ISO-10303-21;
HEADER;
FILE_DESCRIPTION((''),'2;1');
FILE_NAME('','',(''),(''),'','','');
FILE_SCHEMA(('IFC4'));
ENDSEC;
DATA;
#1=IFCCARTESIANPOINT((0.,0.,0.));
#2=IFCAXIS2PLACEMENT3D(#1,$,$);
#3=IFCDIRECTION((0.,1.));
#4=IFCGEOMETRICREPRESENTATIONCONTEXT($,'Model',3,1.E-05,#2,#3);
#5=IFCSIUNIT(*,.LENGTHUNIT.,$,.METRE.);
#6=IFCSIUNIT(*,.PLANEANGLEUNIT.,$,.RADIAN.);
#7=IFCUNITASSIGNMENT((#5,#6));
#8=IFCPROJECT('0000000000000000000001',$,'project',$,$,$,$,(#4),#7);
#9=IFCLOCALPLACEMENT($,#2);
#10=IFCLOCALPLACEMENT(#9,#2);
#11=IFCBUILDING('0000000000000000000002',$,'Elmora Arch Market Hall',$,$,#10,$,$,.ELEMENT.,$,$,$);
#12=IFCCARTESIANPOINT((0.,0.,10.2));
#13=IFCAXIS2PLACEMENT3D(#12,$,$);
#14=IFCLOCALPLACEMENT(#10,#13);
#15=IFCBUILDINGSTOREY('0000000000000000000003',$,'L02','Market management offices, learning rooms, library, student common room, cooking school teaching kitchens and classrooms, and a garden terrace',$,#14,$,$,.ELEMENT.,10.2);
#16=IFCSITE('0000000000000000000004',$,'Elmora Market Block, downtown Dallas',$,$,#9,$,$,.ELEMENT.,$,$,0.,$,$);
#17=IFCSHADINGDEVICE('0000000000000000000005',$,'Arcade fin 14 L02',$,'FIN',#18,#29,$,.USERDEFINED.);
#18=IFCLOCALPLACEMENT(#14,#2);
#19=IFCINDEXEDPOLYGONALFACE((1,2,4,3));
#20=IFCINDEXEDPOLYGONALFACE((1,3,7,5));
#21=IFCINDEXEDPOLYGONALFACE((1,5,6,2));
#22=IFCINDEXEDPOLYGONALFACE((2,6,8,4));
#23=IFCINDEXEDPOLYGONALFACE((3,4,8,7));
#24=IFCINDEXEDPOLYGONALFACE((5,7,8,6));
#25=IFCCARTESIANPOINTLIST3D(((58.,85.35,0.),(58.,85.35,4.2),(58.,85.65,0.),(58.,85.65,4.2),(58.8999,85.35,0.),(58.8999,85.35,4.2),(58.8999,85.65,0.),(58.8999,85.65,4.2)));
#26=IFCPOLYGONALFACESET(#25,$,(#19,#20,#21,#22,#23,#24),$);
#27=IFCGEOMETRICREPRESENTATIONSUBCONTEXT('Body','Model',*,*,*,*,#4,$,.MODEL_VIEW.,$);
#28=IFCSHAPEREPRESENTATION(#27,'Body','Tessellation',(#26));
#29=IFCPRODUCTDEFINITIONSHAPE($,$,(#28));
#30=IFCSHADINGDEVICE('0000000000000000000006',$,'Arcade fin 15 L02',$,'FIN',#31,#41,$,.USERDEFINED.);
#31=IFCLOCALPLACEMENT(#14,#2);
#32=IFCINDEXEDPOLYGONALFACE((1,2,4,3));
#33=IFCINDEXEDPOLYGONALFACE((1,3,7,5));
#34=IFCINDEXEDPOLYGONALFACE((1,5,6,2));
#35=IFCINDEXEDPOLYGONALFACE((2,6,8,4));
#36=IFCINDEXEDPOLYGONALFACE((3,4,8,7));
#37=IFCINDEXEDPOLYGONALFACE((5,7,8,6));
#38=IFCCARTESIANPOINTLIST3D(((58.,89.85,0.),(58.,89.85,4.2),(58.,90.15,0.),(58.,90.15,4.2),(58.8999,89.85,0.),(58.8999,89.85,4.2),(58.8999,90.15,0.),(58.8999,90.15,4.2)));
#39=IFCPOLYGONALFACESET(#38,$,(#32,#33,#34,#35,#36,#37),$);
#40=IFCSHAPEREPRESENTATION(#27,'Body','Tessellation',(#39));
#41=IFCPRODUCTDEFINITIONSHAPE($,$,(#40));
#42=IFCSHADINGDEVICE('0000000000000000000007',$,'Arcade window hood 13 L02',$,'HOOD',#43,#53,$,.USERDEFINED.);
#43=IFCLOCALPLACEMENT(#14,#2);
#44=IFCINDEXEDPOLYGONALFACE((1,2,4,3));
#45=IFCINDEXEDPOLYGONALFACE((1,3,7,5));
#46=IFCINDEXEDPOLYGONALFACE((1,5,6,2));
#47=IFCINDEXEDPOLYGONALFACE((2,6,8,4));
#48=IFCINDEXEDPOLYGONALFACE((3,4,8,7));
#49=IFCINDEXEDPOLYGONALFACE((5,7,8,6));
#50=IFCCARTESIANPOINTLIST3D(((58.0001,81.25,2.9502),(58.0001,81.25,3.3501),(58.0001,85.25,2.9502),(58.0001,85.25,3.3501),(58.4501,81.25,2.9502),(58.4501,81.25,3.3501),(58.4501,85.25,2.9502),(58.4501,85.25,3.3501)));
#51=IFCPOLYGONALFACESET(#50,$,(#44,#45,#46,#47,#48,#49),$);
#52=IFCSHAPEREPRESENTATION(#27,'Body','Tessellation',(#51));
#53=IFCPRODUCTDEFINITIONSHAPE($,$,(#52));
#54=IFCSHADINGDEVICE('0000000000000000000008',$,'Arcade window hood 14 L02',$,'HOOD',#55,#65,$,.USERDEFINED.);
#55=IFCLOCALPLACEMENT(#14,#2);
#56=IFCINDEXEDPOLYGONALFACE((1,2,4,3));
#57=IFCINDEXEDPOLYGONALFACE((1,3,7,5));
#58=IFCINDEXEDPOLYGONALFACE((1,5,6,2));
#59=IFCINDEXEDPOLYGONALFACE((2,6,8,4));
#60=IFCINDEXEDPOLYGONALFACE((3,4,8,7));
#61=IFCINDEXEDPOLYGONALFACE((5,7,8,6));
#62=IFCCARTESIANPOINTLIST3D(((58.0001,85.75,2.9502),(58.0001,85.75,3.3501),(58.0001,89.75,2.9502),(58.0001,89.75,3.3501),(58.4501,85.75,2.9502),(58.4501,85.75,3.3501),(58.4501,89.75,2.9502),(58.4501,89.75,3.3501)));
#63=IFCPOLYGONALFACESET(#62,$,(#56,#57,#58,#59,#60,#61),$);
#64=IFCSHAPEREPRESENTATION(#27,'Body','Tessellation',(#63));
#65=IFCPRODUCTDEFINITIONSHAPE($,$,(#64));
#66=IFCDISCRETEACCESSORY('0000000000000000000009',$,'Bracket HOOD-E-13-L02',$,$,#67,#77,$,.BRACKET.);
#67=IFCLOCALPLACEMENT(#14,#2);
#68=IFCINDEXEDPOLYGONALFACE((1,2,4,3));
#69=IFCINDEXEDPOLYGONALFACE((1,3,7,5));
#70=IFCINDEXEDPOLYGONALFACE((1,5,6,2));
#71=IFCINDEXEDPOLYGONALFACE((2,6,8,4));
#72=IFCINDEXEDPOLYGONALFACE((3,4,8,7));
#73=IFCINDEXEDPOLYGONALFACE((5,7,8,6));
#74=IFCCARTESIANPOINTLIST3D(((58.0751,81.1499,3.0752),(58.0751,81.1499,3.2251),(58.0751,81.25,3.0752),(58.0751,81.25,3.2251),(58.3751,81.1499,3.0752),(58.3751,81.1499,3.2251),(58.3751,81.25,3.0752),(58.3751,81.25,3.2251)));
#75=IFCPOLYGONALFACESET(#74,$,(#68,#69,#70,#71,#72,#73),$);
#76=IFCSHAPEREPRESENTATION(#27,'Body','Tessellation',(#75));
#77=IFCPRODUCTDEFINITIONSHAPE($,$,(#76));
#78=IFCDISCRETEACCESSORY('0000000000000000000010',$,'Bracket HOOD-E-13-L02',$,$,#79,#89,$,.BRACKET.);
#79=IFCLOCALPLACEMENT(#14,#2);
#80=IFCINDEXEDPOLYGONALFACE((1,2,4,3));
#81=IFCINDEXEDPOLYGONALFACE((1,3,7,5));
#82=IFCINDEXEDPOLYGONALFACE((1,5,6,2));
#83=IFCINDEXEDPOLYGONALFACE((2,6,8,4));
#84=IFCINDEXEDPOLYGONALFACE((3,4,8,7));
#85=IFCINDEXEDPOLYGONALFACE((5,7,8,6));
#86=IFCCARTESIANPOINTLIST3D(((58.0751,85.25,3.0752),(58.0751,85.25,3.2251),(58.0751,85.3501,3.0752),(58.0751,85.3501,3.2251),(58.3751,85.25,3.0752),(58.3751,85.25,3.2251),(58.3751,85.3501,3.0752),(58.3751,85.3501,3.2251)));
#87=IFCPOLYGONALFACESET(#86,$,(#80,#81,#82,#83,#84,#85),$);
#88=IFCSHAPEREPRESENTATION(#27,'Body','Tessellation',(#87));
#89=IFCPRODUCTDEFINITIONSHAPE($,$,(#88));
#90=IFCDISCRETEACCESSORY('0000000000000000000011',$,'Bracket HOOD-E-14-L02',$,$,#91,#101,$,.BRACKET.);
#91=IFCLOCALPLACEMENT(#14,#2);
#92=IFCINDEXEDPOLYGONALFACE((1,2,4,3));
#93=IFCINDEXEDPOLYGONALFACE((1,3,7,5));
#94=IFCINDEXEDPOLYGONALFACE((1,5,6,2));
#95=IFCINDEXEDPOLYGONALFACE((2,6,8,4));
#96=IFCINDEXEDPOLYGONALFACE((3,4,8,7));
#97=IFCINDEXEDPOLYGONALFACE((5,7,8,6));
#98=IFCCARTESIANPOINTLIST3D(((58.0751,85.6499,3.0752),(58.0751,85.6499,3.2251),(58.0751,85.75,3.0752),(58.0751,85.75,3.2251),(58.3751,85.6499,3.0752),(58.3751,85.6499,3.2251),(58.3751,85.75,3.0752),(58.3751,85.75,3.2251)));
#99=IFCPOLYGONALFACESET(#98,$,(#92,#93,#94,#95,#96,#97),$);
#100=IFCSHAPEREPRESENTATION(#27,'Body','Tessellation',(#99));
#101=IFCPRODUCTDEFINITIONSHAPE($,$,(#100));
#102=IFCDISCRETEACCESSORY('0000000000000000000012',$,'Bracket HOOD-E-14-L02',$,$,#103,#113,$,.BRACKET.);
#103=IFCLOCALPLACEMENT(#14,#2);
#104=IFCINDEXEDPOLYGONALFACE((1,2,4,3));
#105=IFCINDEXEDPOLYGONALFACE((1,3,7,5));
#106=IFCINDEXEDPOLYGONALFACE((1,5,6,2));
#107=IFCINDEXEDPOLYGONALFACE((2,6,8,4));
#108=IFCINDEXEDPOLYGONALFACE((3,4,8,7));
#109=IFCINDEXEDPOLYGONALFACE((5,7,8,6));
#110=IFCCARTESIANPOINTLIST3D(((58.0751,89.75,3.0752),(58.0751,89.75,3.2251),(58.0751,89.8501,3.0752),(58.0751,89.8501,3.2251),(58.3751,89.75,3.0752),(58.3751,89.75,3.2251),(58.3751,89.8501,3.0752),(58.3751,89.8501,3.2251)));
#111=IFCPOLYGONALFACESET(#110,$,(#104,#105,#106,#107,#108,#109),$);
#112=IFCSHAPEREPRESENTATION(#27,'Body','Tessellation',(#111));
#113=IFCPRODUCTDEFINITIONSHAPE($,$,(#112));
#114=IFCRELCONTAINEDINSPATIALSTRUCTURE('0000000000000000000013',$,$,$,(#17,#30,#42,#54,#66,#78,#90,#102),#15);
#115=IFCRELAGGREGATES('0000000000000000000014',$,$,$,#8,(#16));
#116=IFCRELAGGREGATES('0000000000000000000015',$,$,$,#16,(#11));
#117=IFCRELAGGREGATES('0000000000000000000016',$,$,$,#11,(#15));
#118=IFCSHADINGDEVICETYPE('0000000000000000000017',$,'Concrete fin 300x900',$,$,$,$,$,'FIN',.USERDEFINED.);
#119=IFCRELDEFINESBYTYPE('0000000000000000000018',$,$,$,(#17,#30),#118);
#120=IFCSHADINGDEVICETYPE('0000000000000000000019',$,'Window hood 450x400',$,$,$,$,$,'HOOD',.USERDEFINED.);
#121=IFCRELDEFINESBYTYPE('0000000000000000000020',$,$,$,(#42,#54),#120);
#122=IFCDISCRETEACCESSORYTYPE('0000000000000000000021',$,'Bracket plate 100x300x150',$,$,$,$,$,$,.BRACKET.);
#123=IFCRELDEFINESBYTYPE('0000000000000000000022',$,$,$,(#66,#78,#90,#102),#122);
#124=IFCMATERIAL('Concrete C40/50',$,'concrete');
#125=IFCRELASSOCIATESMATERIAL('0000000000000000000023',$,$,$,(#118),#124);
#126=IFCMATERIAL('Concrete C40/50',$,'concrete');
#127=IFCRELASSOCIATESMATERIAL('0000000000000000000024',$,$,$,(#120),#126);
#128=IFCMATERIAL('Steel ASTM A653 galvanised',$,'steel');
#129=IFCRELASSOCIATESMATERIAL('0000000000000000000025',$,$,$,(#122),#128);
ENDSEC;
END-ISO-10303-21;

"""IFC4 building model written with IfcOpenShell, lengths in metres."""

from ifc_helpers import new_model, si_unit, direction, frame, origin, origin_2d, place, context, subcontext, project, spatial, rectangle, extrude, material, type_object, element, save


model = new_model("IFC4")

# Units and contexts
model_context = context("Model", 3, precision=1e-05, world=origin(), true_north=direction((0.0, 1.0)))
body_context = subcontext(model_context, "Body", "Model", "MODEL_VIEW")
ifc_project = project(units=[si_unit("LENGTHUNIT", "METRE"), si_unit("PLANEANGLEUNIT", "RADIAN")], contexts=[model_context])

# Site, building, storey
site_placement = place(None, origin())
site = spatial("IfcSite", under=ifc_project, at=site_placement, Name="Elmora Market Block, downtown Dallas", CompositionType="ELEMENT", RefElevation=0.0)
building_placement = place(site_placement, origin())
building = spatial("IfcBuilding", under=site, at=building_placement, Name="Elmora Arch Market Hall", CompositionType="ELEMENT")
storey_placement = place(building_placement, frame((0.0, 0.0, 10.2)))
storey = spatial("IfcBuildingStorey", under=building, at=storey_placement, Name="L02", Description="Market management offices, learning rooms, library, student common room, cooking school teaching kitchens and classrooms, and a garden terrace", CompositionType="ELEMENT", Elevation=10.2)

# Shading devices
ifc_material_1 = material(Name="Concrete C40/50", Category="concrete")
shading_device_type_1 = type_object("IfcShadingDeviceType", Name="Concrete fin 300x900", ElementType="FIN", PredefinedType="USERDEFINED", material=ifc_material_1)
for number, where, z_axis, x_axis, name in (
    (1, (58.45, 85.5, 0.0), (0.0, 0.0, 1.0), (1.0, 0.0, 0.0), "Arcade fin 14 L02"),
    (2, (58.45, 90.0, 0.0), (0.0, 0.0, 1.0), (1.0, 0.0, 0.0), "Arcade fin 15 L02"),
):
    element("IfcShadingDevice", number, at=place(storey_placement, frame(where, z_axis=z_axis, x_axis=x_axis)), inside=storey, type_object=shading_device_type_1, Name=name, ObjectType="FIN", PredefinedType="USERDEFINED", context=body_context, shape_type="SweptSolid", body=[
        extrude(rectangle(XDim=0.8999, YDim=0.3, at=origin_2d()), origin(), (0.0, 0.0, 1.0), 4.2),
    ])
ifc_material_2 = material(Name="Concrete C40/50", Category="concrete")
shading_device_type_2 = type_object("IfcShadingDeviceType", Name="Window hood 450x400", ElementType="HOOD", PredefinedType="USERDEFINED", material=ifc_material_2)
for number, where, z_axis, x_axis, name in (
    (3, (58.2251, 83.25, 2.9502), (0.0, 0.0, 1.0), (1.0, 0.0, 0.0), "Arcade window hood 13 L02"),
    (4, (58.2251, 87.75, 2.9502), (0.0, 0.0, 1.0), (1.0, 0.0, 0.0), "Arcade window hood 14 L02"),
):
    element("IfcShadingDevice", number, at=place(storey_placement, frame(where, z_axis=z_axis, x_axis=x_axis)), inside=storey, type_object=shading_device_type_2, Name=name, ObjectType="HOOD", PredefinedType="USERDEFINED", context=body_context, shape_type="SweptSolid", body=[
        extrude(rectangle(XDim=0.45, YDim=4.0, at=origin_2d()), origin(), (0.0, 0.0, 1.0), 0.3999),
    ])

# Discrete accessories
ifc_material_3 = material(Name="Steel ASTM A653 galvanised", Category="steel")
discrete_accessory_type = type_object("IfcDiscreteAccessoryType", Name="Bracket plate 100x300x150", PredefinedType="BRACKET", material=ifc_material_3)
for number, where, z_axis, x_axis, name in (
    (5, (58.2251, 81.2, 3.0752), (0.0, 0.0, 1.0), (1.0, 0.0, 0.0), "Bracket HOOD-E-13-L02"),
    (6, (58.2251, 85.3, 3.0752), (0.0, 0.0, 1.0), (1.0, 0.0, 0.0), "Bracket HOOD-E-13-L02"),
    (7, (58.2251, 85.7, 3.0752), (0.0, 0.0, 1.0), (1.0, 0.0, 0.0), "Bracket HOOD-E-14-L02"),
    (8, (58.2251, 89.8, 3.0752), (0.0, 0.0, 1.0), (1.0, 0.0, 0.0), "Bracket HOOD-E-14-L02"),
):
    element("IfcDiscreteAccessory", number, at=place(storey_placement, frame(where, z_axis=z_axis, x_axis=x_axis)), inside=storey, type_object=discrete_accessory_type, Name=name, PredefinedType="BRACKET", context=body_context, shape_type="SweptSolid", body=[
        extrude(rectangle(XDim=0.3, YDim=0.1001, at=origin_2d()), origin(), (0.0, 0.0, 1.0), 0.1499),
    ])

save(model, "model.ifc")
